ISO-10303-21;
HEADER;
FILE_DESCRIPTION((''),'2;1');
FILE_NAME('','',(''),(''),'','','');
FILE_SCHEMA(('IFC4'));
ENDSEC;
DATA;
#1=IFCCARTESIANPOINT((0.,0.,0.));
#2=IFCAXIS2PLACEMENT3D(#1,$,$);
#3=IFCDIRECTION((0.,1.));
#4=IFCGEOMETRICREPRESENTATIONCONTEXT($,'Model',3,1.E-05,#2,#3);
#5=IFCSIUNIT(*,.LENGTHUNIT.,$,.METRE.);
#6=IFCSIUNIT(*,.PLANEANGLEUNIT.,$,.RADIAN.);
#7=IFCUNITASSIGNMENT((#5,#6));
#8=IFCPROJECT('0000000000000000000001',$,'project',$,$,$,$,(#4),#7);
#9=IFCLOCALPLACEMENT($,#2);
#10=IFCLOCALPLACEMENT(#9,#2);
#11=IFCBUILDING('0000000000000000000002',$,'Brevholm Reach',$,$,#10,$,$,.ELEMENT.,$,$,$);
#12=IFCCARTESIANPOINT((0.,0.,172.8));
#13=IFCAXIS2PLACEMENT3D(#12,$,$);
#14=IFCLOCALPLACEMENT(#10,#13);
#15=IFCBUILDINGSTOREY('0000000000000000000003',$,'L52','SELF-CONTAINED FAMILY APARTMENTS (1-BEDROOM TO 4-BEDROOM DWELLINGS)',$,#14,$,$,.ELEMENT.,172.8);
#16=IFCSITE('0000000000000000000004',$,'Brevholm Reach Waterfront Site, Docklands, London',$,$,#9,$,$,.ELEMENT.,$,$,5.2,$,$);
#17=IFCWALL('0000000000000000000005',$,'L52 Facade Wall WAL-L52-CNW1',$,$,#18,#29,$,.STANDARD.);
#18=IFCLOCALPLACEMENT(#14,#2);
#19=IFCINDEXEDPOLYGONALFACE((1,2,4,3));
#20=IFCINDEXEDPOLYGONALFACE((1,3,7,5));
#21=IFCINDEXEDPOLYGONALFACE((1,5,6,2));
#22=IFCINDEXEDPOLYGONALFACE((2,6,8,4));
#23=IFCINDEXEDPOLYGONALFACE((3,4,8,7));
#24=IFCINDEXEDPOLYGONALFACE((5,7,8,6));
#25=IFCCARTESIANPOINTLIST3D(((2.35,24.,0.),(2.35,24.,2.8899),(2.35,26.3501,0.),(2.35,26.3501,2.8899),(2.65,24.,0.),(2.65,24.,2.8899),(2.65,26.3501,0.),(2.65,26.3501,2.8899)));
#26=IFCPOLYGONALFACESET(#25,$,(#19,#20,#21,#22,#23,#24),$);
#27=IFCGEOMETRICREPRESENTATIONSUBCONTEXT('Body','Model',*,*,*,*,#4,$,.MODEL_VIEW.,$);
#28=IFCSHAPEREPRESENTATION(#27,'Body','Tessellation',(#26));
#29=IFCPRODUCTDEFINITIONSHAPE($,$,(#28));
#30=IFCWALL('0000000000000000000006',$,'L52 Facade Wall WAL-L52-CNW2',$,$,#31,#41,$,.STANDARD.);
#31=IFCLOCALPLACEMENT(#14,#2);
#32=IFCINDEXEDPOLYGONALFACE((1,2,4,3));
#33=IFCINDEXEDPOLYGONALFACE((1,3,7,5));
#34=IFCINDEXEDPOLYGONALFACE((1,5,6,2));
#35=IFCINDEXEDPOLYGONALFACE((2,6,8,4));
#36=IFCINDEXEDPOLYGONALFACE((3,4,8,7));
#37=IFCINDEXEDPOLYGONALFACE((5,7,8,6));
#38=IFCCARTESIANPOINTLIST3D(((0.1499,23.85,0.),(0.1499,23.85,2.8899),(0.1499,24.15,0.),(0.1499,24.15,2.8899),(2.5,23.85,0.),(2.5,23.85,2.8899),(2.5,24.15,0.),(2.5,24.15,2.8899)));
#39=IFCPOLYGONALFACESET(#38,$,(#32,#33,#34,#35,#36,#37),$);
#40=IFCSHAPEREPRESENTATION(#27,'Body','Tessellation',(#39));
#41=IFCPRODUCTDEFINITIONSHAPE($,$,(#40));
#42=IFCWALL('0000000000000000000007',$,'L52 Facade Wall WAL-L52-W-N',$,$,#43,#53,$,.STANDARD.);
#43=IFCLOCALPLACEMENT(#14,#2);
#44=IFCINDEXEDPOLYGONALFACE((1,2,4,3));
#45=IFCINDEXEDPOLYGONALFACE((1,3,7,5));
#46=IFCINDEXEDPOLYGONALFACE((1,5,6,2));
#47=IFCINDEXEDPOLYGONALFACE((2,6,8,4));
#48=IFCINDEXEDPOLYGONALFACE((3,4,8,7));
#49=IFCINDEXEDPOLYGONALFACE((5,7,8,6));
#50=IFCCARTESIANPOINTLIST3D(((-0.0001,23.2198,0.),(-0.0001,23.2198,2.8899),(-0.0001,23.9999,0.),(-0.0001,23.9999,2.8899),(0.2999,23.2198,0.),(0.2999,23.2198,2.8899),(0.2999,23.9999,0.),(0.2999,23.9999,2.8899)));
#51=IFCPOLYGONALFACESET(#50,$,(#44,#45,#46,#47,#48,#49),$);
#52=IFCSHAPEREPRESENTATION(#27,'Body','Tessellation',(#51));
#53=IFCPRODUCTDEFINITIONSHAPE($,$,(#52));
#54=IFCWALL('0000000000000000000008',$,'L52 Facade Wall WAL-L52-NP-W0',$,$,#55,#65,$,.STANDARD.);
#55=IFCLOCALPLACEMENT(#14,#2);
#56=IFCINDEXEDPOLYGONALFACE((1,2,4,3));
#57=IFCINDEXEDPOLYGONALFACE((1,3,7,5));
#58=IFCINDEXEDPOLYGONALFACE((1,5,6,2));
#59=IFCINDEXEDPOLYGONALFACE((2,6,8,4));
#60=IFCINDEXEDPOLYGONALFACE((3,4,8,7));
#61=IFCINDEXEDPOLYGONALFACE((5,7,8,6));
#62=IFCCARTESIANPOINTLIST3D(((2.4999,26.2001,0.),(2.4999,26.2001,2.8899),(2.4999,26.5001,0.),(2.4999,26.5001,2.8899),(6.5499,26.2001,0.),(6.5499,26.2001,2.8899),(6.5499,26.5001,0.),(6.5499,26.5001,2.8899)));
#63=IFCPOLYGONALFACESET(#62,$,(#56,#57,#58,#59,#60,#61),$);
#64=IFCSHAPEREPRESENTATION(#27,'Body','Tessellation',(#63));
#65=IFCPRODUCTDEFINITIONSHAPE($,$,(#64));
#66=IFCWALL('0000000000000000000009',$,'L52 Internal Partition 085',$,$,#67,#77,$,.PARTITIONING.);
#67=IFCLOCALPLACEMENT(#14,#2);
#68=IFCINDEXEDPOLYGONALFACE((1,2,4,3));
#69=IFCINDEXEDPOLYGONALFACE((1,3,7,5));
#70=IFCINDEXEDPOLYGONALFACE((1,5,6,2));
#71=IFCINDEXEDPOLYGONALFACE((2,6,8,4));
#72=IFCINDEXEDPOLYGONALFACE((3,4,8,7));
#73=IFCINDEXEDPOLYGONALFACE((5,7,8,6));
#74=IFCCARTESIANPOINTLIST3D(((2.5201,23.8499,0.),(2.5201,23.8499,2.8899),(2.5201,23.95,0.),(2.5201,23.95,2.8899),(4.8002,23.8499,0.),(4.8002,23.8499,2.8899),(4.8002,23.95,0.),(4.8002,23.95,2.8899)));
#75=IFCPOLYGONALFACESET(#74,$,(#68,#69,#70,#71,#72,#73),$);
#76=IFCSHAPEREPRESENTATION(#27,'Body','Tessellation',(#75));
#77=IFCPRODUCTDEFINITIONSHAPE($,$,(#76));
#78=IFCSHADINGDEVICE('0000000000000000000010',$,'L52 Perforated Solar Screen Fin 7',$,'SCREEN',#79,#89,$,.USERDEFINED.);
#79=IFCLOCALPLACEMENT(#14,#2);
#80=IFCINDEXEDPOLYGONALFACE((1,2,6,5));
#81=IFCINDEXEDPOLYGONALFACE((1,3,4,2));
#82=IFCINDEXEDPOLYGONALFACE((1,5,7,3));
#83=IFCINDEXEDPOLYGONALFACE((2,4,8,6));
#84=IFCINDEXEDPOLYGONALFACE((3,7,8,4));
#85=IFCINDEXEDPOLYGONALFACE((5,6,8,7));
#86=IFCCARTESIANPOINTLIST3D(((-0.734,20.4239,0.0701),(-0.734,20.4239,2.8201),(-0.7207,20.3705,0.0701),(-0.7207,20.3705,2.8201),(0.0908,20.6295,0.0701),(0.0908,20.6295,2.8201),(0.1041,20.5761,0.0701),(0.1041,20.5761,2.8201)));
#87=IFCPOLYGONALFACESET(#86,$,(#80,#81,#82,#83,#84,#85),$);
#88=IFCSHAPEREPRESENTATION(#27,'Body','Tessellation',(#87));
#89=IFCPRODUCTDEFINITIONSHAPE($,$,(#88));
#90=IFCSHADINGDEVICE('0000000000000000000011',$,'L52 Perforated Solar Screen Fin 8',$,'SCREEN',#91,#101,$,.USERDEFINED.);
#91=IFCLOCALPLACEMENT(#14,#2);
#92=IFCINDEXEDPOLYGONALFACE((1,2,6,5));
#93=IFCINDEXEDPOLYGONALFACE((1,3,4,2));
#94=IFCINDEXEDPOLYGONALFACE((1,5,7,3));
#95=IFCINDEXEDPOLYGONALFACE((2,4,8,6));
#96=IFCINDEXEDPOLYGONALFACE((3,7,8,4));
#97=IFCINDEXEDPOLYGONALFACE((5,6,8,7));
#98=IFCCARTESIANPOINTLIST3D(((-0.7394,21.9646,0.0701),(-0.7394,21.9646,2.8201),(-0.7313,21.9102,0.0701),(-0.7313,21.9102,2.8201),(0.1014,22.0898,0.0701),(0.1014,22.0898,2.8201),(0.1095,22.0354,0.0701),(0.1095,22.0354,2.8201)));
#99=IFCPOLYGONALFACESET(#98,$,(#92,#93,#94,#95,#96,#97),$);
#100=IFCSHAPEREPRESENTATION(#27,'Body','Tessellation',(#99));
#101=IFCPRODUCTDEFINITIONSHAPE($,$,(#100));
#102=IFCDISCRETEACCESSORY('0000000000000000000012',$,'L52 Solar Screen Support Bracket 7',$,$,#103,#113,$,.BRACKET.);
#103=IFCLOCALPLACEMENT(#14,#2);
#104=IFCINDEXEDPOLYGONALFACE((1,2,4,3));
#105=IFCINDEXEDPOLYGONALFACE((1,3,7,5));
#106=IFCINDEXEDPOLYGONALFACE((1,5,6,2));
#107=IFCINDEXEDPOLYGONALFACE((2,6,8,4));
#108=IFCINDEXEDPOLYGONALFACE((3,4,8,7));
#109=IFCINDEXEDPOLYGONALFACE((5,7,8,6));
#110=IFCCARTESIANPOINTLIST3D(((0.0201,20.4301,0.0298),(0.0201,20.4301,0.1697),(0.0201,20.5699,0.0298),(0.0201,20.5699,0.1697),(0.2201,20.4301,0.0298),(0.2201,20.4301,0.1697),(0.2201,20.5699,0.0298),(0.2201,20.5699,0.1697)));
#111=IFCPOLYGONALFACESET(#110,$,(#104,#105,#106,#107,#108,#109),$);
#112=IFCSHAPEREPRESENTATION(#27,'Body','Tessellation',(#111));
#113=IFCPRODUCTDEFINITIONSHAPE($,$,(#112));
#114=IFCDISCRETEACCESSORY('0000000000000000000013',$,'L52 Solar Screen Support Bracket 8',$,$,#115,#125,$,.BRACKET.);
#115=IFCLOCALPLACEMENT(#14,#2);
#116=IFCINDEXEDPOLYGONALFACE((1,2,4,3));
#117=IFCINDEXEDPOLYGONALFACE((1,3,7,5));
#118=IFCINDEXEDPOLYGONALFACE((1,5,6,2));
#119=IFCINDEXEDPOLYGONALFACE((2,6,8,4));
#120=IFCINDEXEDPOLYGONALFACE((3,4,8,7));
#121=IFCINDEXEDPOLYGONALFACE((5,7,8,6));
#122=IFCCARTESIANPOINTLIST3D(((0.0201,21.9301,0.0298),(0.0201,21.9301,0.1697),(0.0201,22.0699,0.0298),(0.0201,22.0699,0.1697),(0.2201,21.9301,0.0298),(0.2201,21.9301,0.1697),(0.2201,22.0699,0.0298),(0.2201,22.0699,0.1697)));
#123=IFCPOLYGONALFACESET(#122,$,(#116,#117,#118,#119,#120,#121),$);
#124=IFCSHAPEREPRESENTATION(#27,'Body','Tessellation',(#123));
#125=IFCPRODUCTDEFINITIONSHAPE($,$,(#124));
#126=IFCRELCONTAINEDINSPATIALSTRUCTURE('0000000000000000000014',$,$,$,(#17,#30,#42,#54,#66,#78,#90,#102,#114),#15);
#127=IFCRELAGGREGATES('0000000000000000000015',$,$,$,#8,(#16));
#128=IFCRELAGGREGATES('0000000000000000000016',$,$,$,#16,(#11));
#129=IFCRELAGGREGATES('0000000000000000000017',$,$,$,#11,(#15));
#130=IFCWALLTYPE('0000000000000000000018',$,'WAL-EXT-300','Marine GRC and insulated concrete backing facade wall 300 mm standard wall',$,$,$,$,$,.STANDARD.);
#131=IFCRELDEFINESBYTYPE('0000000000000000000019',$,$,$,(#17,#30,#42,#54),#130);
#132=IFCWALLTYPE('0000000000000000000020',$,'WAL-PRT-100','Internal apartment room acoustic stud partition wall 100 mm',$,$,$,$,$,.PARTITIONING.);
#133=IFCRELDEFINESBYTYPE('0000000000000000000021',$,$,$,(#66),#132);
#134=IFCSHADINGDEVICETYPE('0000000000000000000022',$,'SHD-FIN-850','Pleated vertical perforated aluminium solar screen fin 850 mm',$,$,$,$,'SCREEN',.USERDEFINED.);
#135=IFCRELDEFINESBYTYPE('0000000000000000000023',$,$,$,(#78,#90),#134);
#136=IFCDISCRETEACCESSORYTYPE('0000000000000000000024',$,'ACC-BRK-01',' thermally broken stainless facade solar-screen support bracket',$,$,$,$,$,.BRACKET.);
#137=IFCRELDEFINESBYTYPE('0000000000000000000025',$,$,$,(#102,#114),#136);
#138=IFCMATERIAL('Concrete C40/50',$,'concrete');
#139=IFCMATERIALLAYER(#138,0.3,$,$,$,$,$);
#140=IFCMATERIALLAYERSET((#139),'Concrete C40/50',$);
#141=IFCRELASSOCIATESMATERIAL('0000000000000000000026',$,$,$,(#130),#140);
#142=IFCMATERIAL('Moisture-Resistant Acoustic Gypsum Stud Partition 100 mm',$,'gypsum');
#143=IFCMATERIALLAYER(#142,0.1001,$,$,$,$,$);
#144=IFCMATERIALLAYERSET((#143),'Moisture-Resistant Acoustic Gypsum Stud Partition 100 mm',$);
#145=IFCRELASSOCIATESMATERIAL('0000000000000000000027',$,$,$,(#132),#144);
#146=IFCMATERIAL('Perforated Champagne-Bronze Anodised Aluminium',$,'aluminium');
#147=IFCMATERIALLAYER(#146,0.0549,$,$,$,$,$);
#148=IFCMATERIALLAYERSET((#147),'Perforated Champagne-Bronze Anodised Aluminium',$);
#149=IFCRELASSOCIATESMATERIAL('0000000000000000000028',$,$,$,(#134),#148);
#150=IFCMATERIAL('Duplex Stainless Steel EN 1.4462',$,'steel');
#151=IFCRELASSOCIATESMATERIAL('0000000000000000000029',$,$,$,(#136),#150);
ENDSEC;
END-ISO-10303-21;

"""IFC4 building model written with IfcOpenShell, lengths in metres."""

from ifc_helpers import new_model, si_unit, direction, frame, frame_2d, origin, origin_2d, place, context, subcontext, project, spatial, rectangle, extrude, material, layer, layer_set, type_object, element, save


model = new_model("IFC4")

# Units and contexts
model_context = context("Model", 3, precision=1e-05, world=origin(), true_north=direction((0.0, 1.0)))
body_context = subcontext(model_context, "Body", "Model", "MODEL_VIEW")
ifc_project = project(units=[si_unit("LENGTHUNIT", "METRE"), si_unit("PLANEANGLEUNIT", "RADIAN")], contexts=[model_context])

# Site, building, storey
site_placement = place(None, origin())
site = spatial("IfcSite", under=ifc_project, at=site_placement, Name="Brevholm Reach Waterfront Site, Docklands, London", CompositionType="ELEMENT", RefElevation=5.2)
building_placement = place(site_placement, origin())
building = spatial("IfcBuilding", under=site, at=building_placement, Name="Brevholm Reach", CompositionType="ELEMENT")
storey_placement = place(building_placement, frame((0.0, 0.0, 172.8)))
storey = spatial("IfcBuildingStorey", under=building, at=storey_placement, Name="L52", Description="SELF-CONTAINED FAMILY APARTMENTS (1-BEDROOM TO 4-BEDROOM DWELLINGS)", CompositionType="ELEMENT", Elevation=172.8)

# Walls
ifc_material_1 = material(Name="Concrete C40/50", Category="concrete")
ifc_layer_1 = layer(ifc_material_1, 0.3)
ifc_layer_set_1 = layer_set([ifc_layer_1], Name="Concrete C40/50")
wall_type_1 = type_object("IfcWallType", Name="WAL-EXT-300", Description="Marine GRC and insulated concrete backing facade wall 300 mm standard wall", PredefinedType="STANDARD", material=ifc_layer_set_1)
for number, where, z_axis, x_axis, name in (
    (1, (2.5, 26.3501, 0.0), (0.0, 0.0, 1.0), (0.0, -1.0, 0.0), "L52 Facade Wall WAL-L52-CNW1"),
    (2, (2.5, 24.0, 0.0), (0.0, 0.0, 1.0), (-1.0, 0.0, 0.0), "L52 Facade Wall WAL-L52-CNW2"),
):
    element("IfcWall", number, at=place(storey_placement, frame(where, z_axis=z_axis, x_axis=x_axis)), inside=storey, type_object=wall_type_1, Name=name, PredefinedType="STANDARD", context=body_context, shape_type="SweptSolid", body=[
        extrude(rectangle(XDim=2.3501, YDim=0.3, at=frame_2d((1.175, 0.0))), origin(), (0.0, 0.0, 1.0), 2.8899),
    ])
wall_1_placement = place(storey_placement, frame((0.1499, 24.0, 0.0), z_axis=(0.0, 0.0, 1.0), x_axis=(0.0, -1.0, 0.0)))
element("IfcWall", 3, at=wall_1_placement, inside=storey, type_object=wall_type_1, Name="L52 Facade Wall WAL-L52-W-N", PredefinedType="STANDARD", context=body_context, shape_type="SweptSolid", body=[
    extrude(rectangle(XDim=0.78, YDim=0.3, at=frame_2d((0.3901, 0.0))), origin(), (0.0, 0.0, 1.0), 2.8899),
])
wall_2_placement = place(storey_placement, frame((2.5, 26.3501, 0.0), z_axis=(0.0, 0.0, 1.0), x_axis=(1.0, 0.0, 0.0)))
element("IfcWall", 4, at=wall_2_placement, inside=storey, type_object=wall_type_1, Name="L52 Facade Wall WAL-L52-NP-W0", PredefinedType="STANDARD", context=body_context, shape_type="SweptSolid", body=[
    extrude(rectangle(XDim=4.05, YDim=0.3, at=frame_2d((2.0249, 0.0))), origin(), (0.0, 0.0, 1.0), 2.8899),
])
ifc_material_2 = material(Name="Moisture-Resistant Acoustic Gypsum Stud Partition 100 mm", Category="gypsum")
ifc_layer_2 = layer(ifc_material_2, 0.1001)
ifc_layer_set_2 = layer_set([ifc_layer_2], Name="Moisture-Resistant Acoustic Gypsum Stud Partition 100 mm")
wall_type_2 = type_object("IfcWallType", Name="WAL-PRT-100", Description="Internal apartment room acoustic stud partition wall 100 mm", PredefinedType="PARTITIONING", material=ifc_layer_set_2)
wall_3_placement = place(storey_placement, frame((2.52, 23.8999, 0.0), z_axis=(0.0, 0.0, 1.0), x_axis=(1.0, 0.0, 0.0)))
element("IfcWall", 5, at=wall_3_placement, inside=storey, type_object=wall_type_2, Name="L52 Internal Partition 085", PredefinedType="PARTITIONING", context=body_context, shape_type="SweptSolid", body=[
    extrude(rectangle(XDim=2.28, YDim=0.1001, at=frame_2d((1.1401, 0.0))), origin(), (0.0, 0.0, 1.0), 2.8899),
])

# Shading devices
ifc_material_3 = material(Name="Perforated Champagne-Bronze Anodised Aluminium", Category="aluminium")
ifc_layer_3 = layer(ifc_material_3, 0.0549)
ifc_layer_set_3 = layer_set([ifc_layer_3], Name="Perforated Champagne-Bronze Anodised Aluminium")
shading_device_type = type_object("IfcShadingDeviceType", Name="SHD-FIN-850", Description="Pleated vertical perforated aluminium solar screen fin 850 mm", ElementType="SCREEN", PredefinedType="USERDEFINED", material=ifc_layer_set_3)
for number, where, z_axis, x_axis, name in (
    (6, (-0.3149, 20.5, 0.0701), (0.0, 0.0, 1.0), (-0.970313, -0.241854, 0.0), "L52 Perforated Solar Screen Fin 7"),
    (7, (-0.3149, 22.0, 0.0701), (0.0, 0.0, 1.0), (-0.989098, -0.147257, 0.0), "L52 Perforated Solar Screen Fin 8"),
):
    element("IfcShadingDevice", number, at=place(storey_placement, frame(where, z_axis=z_axis, x_axis=x_axis)), inside=storey, type_object=shading_device_type, Name=name, ObjectType="SCREEN", PredefinedType="USERDEFINED", context=body_context, shape_type="SweptSolid", body=[
        extrude(rectangle(XDim=0.8501, YDim=0.0549, at=origin_2d()), origin(), (0.0, 0.0, 1.0), 2.75),
    ])

# Discrete accessories
ifc_material_4 = material(Name="Duplex Stainless Steel EN 1.4462", Category="steel")
discrete_accessory_type = type_object("IfcDiscreteAccessoryType", Name="ACC-BRK-01", Description=" thermally broken stainless facade solar-screen support bracket", PredefinedType="BRACKET", material=ifc_material_4)
for number, where, z_axis, x_axis, name in (
    (8, (0.1201, 20.5, 0.0298), (0.0, 0.0, 1.0), (-1.0, 0.0, 0.0), "L52 Solar Screen Support Bracket 7"),
    (9, (0.1201, 22.0, 0.0298), (0.0, 0.0, 1.0), (-1.0, 0.0, 0.0), "L52 Solar Screen Support Bracket 8"),
):
    element("IfcDiscreteAccessory", number, at=place(storey_placement, frame(where, z_axis=z_axis, x_axis=x_axis)), inside=storey, type_object=discrete_accessory_type, Name=name, PredefinedType="BRACKET", context=body_context, shape_type="SweptSolid", body=[
        extrude(rectangle(XDim=0.2, YDim=0.1399, at=origin_2d()), origin(), (0.0, 0.0, 1.0), 0.1399),
    ])

save(model, "model.ifc")
